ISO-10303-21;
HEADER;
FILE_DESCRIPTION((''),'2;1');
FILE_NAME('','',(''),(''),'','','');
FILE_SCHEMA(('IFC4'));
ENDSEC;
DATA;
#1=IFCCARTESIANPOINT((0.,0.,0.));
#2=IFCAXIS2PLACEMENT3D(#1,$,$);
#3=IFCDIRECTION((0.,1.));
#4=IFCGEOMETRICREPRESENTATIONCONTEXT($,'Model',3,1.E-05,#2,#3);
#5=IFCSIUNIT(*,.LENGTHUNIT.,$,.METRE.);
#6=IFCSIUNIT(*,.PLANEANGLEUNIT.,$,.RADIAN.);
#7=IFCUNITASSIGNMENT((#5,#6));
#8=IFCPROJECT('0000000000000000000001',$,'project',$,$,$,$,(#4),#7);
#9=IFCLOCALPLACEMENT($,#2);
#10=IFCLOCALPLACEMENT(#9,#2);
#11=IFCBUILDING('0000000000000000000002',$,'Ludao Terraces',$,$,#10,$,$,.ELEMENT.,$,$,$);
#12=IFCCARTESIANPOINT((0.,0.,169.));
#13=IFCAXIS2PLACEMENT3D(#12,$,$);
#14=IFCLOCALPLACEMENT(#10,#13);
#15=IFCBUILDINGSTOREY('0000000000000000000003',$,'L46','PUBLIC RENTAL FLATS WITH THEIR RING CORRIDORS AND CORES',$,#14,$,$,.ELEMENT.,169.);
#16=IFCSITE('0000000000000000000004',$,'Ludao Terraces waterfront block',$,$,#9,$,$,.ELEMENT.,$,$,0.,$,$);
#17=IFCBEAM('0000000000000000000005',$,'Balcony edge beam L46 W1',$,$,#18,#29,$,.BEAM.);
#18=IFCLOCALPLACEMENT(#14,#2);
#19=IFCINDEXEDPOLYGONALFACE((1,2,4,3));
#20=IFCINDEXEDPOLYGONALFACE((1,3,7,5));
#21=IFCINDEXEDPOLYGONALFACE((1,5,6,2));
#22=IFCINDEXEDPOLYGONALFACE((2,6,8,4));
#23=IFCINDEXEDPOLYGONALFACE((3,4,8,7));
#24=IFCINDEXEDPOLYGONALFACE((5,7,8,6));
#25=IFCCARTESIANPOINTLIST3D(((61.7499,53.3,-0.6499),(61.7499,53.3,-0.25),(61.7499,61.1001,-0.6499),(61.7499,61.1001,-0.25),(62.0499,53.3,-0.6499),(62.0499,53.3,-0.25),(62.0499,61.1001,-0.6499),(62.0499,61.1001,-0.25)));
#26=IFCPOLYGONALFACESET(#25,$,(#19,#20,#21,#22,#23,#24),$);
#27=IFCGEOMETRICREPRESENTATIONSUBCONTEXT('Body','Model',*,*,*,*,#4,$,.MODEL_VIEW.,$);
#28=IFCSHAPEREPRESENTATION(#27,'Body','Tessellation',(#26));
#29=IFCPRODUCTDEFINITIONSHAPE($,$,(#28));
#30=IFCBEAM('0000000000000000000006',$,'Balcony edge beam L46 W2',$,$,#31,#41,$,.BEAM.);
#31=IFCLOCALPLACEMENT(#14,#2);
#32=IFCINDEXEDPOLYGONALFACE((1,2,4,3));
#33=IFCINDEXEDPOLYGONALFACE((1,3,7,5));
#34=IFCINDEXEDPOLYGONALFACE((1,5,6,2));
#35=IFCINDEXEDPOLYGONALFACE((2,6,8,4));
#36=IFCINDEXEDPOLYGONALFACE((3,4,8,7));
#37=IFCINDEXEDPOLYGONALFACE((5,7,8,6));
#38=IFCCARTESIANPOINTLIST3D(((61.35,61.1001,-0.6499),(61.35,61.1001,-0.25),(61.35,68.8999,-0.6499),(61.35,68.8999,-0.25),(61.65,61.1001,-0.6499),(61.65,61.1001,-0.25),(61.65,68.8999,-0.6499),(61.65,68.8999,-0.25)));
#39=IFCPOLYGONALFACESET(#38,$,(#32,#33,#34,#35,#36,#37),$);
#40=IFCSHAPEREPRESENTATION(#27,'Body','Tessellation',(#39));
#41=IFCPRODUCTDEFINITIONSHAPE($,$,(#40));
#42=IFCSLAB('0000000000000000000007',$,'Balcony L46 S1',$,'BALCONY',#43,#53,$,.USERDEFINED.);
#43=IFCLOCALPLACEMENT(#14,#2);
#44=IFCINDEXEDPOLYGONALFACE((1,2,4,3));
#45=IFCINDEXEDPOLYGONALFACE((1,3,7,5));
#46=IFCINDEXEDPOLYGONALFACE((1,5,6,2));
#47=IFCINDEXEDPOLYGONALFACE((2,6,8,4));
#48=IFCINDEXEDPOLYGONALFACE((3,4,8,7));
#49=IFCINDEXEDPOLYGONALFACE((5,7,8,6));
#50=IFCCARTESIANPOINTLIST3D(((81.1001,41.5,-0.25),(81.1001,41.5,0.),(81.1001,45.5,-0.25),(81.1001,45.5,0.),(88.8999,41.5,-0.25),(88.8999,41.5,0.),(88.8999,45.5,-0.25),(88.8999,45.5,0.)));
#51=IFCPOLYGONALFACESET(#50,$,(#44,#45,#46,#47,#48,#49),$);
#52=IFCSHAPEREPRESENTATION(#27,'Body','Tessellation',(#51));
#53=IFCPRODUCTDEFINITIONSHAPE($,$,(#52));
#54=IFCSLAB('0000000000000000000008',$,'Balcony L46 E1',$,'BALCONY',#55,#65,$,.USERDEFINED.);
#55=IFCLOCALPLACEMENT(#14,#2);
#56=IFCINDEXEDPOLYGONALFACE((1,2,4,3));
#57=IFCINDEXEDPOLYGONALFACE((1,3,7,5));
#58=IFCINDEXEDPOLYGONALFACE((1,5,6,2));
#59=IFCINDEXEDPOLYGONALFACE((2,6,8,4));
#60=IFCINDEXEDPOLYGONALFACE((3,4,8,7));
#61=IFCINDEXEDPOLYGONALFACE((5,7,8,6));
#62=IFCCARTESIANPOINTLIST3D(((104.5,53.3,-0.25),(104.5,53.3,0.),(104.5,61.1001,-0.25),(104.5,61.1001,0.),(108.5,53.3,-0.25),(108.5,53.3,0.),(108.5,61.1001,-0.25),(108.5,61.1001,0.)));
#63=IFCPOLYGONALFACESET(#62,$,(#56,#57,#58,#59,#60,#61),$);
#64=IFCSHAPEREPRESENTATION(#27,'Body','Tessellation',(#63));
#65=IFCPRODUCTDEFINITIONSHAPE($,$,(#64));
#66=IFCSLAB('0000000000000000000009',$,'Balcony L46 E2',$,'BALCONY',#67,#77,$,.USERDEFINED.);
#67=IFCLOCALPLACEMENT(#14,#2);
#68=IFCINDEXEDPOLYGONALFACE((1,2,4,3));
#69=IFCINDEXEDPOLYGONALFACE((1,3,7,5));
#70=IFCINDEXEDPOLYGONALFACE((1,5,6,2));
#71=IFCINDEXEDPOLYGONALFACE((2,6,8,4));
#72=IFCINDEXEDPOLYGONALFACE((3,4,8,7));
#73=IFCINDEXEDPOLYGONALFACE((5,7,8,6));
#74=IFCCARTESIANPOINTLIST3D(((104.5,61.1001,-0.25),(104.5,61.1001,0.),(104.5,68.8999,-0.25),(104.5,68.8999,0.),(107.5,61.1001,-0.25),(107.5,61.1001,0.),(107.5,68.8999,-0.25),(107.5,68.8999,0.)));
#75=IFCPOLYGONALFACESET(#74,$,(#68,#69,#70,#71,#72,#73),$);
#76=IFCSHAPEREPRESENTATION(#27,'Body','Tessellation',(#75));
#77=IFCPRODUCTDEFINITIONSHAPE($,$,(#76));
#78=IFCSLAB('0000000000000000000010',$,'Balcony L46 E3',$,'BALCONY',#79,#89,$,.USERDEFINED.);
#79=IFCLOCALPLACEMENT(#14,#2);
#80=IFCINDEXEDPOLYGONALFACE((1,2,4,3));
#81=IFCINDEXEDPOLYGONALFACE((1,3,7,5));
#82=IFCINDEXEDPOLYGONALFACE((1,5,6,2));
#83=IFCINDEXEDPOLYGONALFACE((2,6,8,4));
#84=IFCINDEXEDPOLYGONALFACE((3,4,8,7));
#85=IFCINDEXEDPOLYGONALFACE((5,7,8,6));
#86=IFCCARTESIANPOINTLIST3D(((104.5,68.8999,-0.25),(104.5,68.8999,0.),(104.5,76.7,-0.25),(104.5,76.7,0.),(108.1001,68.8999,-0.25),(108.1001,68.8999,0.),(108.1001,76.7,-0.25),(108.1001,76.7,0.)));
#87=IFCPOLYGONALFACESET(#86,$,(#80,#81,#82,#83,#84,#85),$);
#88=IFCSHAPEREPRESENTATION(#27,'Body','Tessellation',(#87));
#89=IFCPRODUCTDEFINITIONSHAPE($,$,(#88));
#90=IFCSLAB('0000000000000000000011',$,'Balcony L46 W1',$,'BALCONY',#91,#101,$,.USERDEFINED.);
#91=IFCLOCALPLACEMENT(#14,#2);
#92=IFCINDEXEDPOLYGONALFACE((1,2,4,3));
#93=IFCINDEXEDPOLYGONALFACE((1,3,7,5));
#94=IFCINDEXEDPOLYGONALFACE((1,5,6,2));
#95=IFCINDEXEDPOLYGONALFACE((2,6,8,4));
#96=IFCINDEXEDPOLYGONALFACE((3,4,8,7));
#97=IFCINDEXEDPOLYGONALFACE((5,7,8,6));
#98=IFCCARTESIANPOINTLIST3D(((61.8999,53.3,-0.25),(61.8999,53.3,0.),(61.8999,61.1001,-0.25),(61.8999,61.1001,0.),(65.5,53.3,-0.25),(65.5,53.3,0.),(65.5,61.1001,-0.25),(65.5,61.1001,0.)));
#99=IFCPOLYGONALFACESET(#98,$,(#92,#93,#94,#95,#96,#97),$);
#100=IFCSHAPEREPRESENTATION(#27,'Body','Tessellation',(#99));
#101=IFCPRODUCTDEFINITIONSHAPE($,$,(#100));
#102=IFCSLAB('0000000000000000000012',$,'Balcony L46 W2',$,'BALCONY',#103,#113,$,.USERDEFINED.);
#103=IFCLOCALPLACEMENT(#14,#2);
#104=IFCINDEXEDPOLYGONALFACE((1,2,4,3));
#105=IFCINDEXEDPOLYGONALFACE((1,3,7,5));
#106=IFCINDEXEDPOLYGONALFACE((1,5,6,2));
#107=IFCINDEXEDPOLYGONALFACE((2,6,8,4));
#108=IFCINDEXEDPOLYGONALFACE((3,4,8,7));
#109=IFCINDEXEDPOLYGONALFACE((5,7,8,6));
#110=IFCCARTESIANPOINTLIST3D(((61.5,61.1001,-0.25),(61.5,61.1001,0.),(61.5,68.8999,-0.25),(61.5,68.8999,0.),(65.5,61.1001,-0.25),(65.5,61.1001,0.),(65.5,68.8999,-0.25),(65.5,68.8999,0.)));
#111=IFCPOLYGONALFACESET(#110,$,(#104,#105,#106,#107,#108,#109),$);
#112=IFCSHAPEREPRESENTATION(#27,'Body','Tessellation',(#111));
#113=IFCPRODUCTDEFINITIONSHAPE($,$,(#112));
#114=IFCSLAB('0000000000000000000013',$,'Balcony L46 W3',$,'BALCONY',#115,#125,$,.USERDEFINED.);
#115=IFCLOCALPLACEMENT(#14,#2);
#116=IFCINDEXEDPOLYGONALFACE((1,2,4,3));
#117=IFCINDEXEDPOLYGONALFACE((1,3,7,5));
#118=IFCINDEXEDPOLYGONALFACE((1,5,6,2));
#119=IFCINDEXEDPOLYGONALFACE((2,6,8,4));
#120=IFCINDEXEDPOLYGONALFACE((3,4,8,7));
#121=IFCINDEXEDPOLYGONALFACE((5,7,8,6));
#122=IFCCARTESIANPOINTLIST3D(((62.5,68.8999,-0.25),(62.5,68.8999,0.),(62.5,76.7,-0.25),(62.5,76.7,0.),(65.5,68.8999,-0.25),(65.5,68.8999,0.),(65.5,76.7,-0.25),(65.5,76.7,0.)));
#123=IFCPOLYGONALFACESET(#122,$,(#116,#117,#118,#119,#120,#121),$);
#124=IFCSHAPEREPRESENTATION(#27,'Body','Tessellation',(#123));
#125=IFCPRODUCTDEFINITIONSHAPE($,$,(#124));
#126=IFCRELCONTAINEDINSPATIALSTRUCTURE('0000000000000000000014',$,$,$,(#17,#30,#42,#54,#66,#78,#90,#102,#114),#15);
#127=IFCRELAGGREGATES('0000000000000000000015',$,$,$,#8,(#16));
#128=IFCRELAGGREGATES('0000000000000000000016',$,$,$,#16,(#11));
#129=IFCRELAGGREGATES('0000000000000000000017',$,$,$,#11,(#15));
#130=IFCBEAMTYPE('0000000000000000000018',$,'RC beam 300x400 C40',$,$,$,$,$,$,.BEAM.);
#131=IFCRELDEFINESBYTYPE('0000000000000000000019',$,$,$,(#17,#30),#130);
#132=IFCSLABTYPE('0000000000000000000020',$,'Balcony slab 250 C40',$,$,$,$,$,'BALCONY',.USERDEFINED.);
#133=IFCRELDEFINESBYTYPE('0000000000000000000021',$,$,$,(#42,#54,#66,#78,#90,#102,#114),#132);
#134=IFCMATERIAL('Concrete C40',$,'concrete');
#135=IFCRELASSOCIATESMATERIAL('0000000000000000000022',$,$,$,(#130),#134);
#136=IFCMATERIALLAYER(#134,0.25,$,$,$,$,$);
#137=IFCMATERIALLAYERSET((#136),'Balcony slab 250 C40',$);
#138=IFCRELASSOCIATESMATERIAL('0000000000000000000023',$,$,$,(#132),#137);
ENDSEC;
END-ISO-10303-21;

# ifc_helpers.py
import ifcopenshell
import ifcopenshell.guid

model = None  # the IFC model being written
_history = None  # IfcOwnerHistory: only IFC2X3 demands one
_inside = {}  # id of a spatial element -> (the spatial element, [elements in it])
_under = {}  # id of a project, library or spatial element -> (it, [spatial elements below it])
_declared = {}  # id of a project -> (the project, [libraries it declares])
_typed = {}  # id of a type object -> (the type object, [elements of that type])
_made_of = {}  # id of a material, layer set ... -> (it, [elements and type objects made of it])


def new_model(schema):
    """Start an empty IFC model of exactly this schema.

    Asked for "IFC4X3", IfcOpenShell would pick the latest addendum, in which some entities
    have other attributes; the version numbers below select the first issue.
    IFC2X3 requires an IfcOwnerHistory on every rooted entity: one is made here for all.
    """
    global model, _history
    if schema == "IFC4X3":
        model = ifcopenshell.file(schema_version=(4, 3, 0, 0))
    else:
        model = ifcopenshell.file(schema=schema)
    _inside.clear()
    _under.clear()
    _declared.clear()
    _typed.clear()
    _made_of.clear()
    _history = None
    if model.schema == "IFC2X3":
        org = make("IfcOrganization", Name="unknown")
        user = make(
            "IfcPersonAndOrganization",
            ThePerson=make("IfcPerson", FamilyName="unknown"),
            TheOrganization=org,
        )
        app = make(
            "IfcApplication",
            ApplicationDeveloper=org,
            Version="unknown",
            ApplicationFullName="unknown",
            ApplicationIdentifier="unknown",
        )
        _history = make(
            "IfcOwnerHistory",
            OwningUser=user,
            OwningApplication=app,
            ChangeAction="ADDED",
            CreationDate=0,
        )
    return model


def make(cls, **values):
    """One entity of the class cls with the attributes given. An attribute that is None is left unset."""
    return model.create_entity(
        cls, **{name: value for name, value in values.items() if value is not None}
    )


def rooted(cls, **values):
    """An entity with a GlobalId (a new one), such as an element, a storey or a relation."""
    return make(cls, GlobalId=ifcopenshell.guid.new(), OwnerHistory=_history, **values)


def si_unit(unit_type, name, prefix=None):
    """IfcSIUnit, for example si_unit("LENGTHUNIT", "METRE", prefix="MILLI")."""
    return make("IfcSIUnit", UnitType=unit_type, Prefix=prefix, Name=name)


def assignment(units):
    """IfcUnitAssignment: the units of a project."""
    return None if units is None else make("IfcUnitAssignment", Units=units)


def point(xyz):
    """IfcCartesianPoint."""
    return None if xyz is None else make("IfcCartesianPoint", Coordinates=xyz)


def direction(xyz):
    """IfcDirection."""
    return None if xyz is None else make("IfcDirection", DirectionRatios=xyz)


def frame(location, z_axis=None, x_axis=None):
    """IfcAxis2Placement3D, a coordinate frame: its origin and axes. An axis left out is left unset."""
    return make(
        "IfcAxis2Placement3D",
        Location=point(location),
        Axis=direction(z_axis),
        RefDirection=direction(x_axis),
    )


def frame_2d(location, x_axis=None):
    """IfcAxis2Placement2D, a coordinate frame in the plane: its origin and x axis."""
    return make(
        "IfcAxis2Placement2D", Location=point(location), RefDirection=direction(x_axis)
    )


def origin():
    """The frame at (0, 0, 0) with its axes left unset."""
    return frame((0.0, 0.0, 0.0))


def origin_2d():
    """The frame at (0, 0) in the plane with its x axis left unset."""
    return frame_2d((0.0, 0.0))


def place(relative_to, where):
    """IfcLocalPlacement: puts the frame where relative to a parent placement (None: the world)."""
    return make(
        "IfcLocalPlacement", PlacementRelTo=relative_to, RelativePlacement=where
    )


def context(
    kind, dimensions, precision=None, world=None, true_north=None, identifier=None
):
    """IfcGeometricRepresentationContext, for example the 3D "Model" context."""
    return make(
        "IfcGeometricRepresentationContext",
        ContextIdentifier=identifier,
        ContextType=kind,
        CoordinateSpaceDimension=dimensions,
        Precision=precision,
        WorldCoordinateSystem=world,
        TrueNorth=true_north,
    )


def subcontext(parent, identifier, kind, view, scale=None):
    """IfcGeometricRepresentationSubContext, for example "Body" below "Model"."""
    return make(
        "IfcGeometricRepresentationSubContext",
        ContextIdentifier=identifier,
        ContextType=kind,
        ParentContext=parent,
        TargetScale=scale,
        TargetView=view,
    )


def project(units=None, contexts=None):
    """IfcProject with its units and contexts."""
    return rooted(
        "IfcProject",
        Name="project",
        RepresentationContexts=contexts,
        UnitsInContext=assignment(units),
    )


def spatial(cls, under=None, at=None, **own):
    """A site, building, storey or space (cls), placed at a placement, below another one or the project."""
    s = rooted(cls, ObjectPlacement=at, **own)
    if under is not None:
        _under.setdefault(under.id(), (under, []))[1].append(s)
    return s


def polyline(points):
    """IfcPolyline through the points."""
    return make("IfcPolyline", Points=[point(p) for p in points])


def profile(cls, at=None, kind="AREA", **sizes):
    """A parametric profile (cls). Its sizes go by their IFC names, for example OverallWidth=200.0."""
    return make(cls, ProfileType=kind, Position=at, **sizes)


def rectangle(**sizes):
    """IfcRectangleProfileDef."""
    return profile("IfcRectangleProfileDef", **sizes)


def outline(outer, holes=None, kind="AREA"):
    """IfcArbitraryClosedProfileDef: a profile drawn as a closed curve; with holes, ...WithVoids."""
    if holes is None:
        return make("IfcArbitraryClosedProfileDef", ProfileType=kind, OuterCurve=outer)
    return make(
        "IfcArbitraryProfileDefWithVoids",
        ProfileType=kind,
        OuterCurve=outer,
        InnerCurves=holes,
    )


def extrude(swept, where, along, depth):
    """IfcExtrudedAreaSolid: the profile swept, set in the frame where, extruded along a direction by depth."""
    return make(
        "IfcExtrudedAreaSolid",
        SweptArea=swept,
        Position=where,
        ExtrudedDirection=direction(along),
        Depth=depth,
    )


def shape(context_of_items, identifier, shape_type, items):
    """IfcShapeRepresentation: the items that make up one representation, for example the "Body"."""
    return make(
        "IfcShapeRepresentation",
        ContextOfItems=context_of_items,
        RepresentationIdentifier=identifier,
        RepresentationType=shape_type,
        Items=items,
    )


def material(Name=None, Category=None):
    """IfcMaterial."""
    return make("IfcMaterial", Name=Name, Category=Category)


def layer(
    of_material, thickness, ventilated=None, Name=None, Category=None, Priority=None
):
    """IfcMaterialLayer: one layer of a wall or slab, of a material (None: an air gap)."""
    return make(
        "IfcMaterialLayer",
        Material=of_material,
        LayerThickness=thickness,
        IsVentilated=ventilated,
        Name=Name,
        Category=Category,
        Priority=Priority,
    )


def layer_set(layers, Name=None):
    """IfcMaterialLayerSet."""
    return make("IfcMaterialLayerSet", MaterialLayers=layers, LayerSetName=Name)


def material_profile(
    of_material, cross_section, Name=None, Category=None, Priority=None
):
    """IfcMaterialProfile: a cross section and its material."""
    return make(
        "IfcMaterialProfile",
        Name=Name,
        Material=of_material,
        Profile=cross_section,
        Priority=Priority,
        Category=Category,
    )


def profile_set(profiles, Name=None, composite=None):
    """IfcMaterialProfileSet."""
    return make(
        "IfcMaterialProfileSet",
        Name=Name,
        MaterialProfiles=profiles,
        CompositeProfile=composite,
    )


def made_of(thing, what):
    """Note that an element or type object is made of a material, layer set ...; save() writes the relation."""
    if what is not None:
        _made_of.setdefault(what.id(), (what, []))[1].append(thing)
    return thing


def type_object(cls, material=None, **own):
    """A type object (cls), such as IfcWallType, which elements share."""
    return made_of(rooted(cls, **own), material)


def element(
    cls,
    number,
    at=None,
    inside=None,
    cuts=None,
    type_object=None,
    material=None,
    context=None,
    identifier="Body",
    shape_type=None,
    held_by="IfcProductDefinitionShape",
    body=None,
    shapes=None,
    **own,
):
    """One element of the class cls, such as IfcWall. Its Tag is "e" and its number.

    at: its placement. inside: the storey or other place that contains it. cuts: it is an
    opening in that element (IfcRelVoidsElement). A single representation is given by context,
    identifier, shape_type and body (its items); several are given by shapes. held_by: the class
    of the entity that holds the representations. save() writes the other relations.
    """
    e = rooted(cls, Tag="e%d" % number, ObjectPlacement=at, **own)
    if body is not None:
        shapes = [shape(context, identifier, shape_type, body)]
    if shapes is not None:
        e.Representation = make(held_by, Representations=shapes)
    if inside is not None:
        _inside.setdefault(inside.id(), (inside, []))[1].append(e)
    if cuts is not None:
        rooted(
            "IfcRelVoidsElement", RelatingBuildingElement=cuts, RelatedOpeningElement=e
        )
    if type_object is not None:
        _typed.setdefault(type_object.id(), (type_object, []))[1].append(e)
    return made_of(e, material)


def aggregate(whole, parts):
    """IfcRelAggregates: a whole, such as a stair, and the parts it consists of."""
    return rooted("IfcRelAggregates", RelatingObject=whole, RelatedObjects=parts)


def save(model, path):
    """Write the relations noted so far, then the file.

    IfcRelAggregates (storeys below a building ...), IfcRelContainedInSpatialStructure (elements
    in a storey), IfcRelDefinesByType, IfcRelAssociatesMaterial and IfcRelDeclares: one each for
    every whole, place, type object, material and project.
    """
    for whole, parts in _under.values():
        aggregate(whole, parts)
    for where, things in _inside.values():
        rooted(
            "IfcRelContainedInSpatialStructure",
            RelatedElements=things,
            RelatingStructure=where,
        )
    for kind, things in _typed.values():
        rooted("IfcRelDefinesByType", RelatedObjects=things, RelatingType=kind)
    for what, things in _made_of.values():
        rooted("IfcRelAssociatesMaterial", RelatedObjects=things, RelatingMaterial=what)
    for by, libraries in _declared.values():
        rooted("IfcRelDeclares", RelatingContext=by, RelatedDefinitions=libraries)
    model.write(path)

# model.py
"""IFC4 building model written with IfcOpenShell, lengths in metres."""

from ifc_helpers import new_model, si_unit, direction, frame, origin, origin_2d, place, context, subcontext, project, spatial, polyline, rectangle, outline, extrude, material, layer, layer_set, material_profile, profile_set, type_object, element, save


model = new_model("IFC4")

# Units and contexts
model_context = context("Model", 3, precision=1e-05, world=origin(), true_north=direction((0.0, 1.0)))
body_context = subcontext(model_context, "Body", "Model", "MODEL_VIEW")
ifc_project = project(units=[si_unit("LENGTHUNIT", "METRE"), si_unit("PLANEANGLEUNIT", "RADIAN")], contexts=[model_context])

# Site, building, storey
site_placement = place(None, origin())
site = spatial("IfcSite", under=ifc_project, at=site_placement, Name="Ludao Terraces waterfront block", CompositionType="ELEMENT", RefElevation=0.0)
building_placement = place(site_placement, origin())
building = spatial("IfcBuilding", under=site, at=building_placement, Name="Ludao Terraces", CompositionType="ELEMENT")
storey_placement = place(building_placement, frame((0.0, 0.0, 169.0)))
storey = spatial("IfcBuildingStorey", under=building, at=storey_placement, Name="L46", Description="PUBLIC RENTAL FLATS WITH THEIR RING CORRIDORS AND CORES", CompositionType="ELEMENT", Elevation=169.0)

# Beams
ifc_material_1 = material(Name="Concrete C40", Category="concrete")
ifc_material_profile = material_profile(ifc_material_1, rectangle(XDim=0.3, YDim=0.3999, at=origin_2d()), Name="300 X 400")
ifc_profile_set = profile_set([ifc_material_profile], Name="Concrete C40")
beam_type = type_object("IfcBeamType", Name="RC beam 300x400 C40", PredefinedType="BEAM", material=ifc_profile_set)
beam_1_placement = place(storey_placement, frame((61.8999, 53.3, -0.45), z_axis=(0.0, 1.0, 0.0), x_axis=(-1.0, 0.0, 0.0)))
element("IfcBeam", 1, at=beam_1_placement, inside=storey, type_object=beam_type, Name="Balcony edge beam L46 W1", PredefinedType="BEAM", context=body_context, shape_type="SweptSolid", body=[
    extrude(rectangle(XDim=0.3, YDim=0.3999, at=origin_2d()), origin(), (0.0, 0.0, 1.0), 7.8),
])
beam_2_placement = place(storey_placement, frame((61.5, 61.1001, -0.45), z_axis=(0.0, 1.0, 0.0), x_axis=(-1.0, 0.0, 0.0)))
element("IfcBeam", 2, at=beam_2_placement, inside=storey, type_object=beam_type, Name="Balcony edge beam L46 W2", PredefinedType="BEAM", context=body_context, shape_type="SweptSolid", body=[
    extrude(rectangle(XDim=0.3, YDim=0.3999, at=origin_2d()), origin(), (0.0, 0.0, 1.0), 7.7998),
])

# Slabs
ifc_layer_1 = layer(ifc_material_1, 0.25)
ifc_layer_set_1 = layer_set([ifc_layer_1], Name="Balcony slab 250 C40")
slab_type_1 = type_object("IfcSlabType", Name="Balcony slab 250 C40", ElementType="BALCONY", PredefinedType="USERDEFINED", material=ifc_layer_set_1)
slab_1_placement = place(storey_placement, frame((0.0, 0.0, -0.25)))
element("IfcSlab", 3, at=slab_1_placement, inside=storey, type_object=slab_type_1, Name="Balcony L46 S1", ObjectType="BALCONY", PredefinedType="USERDEFINED", context=body_context, shape_type="SweptSolid", body=[
    extrude(outline(polyline([(81.1001, 41.5), (88.8999, 41.5), (88.8999, 45.5), (81.1001, 45.5), (81.1001, 41.5)])), origin(), (0.0, 0.0, 1.0), 0.25),
])
slab_2_placement = place(storey_placement, frame((0.0, 0.0, -0.25)))
element("IfcSlab", 4, at=slab_2_placement, inside=storey, type_object=slab_type_1, Name="Balcony L46 E1", ObjectType="BALCONY", PredefinedType="USERDEFINED", context=body_context, shape_type="SweptSolid", body=[
    extrude(outline(polyline([(104.5, 53.3), (108.5, 53.3), (108.5, 61.1001), (104.5, 61.1001), (104.5, 53.3)])), origin(), (0.0, 0.0, 1.0), 0.25),
])
slab_3_placement = place(storey_placement, frame((0.0, 0.0, -0.25)))
element("IfcSlab", 5, at=slab_3_placement, inside=storey, type_object=slab_type_1, Name="Balcony L46 E2", ObjectType="BALCONY", PredefinedType="USERDEFINED", context=body_context, shape_type="SweptSolid", body=[
    extrude(outline(polyline([(104.5, 61.1001), (107.5, 61.1001), (107.5, 68.8999), (104.5, 68.8999), (104.5, 61.1001)])), origin(), (0.0, 0.0, 1.0), 0.25),
])
slab_4_placement = place(storey_placement, frame((0.0, 0.0, -0.25)))
element("IfcSlab", 6, at=slab_4_placement, inside=storey, type_object=slab_type_1, Name="Balcony L46 E3", ObjectType="BALCONY", PredefinedType="USERDEFINED", context=body_context, shape_type="SweptSolid", body=[
    extrude(outline(polyline([(104.5, 68.8999), (108.1001, 68.8999), (108.1001, 76.7), (104.5, 76.7), (104.5, 68.8999)])), origin(), (0.0, 0.0, 1.0), 0.25),
])
slab_5_placement = place(storey_placement, frame((0.0, 0.0, -0.25)))
element("IfcSlab", 7, at=slab_5_placement, inside=storey, type_object=slab_type_1, Name="Balcony L46 W1", ObjectType="BALCONY", PredefinedType="USERDEFINED", context=body_context, shape_type="SweptSolid", body=[
    extrude(outline(polyline([(61.8999, 53.3), (65.5, 53.3), (65.5, 61.1001), (61.8999, 61.1001), (61.8999, 53.3)])), origin(), (0.0, 0.0, 1.0), 0.25),
])
slab_6_placement = place(storey_placement, frame((0.0, 0.0, -0.25)))
element("IfcSlab", 8, at=slab_6_placement, inside=storey, type_object=slab_type_1, Name="Balcony L46 W2", ObjectType="BALCONY", PredefinedType="USERDEFINED", context=body_context, shape_type="SweptSolid", body=[
    extrude(outline(polyline([(61.5, 61.1001), (65.5, 61.1001), (65.5, 68.8999), (61.5, 68.8999), (61.5, 61.1001)])), origin(), (0.0, 0.0, 1.0), 0.25),
])
slab_7_placement = place(storey_placement, frame((0.0, 0.0, -0.25)))
element("IfcSlab", 9, at=slab_7_placement, inside=storey, type_object=slab_type_1, Name="Balcony L46 W3", ObjectType="BALCONY", PredefinedType="USERDEFINED", context=body_context, shape_type="SweptSolid", body=[
    extrude(outline(polyline([(62.5, 68.8999), (65.5, 68.8999), (65.5, 76.7), (62.5, 76.7), (62.5, 68.8999)])), origin(), (0.0, 0.0, 1.0), 0.25),
])

save(model, "model.ifc")
